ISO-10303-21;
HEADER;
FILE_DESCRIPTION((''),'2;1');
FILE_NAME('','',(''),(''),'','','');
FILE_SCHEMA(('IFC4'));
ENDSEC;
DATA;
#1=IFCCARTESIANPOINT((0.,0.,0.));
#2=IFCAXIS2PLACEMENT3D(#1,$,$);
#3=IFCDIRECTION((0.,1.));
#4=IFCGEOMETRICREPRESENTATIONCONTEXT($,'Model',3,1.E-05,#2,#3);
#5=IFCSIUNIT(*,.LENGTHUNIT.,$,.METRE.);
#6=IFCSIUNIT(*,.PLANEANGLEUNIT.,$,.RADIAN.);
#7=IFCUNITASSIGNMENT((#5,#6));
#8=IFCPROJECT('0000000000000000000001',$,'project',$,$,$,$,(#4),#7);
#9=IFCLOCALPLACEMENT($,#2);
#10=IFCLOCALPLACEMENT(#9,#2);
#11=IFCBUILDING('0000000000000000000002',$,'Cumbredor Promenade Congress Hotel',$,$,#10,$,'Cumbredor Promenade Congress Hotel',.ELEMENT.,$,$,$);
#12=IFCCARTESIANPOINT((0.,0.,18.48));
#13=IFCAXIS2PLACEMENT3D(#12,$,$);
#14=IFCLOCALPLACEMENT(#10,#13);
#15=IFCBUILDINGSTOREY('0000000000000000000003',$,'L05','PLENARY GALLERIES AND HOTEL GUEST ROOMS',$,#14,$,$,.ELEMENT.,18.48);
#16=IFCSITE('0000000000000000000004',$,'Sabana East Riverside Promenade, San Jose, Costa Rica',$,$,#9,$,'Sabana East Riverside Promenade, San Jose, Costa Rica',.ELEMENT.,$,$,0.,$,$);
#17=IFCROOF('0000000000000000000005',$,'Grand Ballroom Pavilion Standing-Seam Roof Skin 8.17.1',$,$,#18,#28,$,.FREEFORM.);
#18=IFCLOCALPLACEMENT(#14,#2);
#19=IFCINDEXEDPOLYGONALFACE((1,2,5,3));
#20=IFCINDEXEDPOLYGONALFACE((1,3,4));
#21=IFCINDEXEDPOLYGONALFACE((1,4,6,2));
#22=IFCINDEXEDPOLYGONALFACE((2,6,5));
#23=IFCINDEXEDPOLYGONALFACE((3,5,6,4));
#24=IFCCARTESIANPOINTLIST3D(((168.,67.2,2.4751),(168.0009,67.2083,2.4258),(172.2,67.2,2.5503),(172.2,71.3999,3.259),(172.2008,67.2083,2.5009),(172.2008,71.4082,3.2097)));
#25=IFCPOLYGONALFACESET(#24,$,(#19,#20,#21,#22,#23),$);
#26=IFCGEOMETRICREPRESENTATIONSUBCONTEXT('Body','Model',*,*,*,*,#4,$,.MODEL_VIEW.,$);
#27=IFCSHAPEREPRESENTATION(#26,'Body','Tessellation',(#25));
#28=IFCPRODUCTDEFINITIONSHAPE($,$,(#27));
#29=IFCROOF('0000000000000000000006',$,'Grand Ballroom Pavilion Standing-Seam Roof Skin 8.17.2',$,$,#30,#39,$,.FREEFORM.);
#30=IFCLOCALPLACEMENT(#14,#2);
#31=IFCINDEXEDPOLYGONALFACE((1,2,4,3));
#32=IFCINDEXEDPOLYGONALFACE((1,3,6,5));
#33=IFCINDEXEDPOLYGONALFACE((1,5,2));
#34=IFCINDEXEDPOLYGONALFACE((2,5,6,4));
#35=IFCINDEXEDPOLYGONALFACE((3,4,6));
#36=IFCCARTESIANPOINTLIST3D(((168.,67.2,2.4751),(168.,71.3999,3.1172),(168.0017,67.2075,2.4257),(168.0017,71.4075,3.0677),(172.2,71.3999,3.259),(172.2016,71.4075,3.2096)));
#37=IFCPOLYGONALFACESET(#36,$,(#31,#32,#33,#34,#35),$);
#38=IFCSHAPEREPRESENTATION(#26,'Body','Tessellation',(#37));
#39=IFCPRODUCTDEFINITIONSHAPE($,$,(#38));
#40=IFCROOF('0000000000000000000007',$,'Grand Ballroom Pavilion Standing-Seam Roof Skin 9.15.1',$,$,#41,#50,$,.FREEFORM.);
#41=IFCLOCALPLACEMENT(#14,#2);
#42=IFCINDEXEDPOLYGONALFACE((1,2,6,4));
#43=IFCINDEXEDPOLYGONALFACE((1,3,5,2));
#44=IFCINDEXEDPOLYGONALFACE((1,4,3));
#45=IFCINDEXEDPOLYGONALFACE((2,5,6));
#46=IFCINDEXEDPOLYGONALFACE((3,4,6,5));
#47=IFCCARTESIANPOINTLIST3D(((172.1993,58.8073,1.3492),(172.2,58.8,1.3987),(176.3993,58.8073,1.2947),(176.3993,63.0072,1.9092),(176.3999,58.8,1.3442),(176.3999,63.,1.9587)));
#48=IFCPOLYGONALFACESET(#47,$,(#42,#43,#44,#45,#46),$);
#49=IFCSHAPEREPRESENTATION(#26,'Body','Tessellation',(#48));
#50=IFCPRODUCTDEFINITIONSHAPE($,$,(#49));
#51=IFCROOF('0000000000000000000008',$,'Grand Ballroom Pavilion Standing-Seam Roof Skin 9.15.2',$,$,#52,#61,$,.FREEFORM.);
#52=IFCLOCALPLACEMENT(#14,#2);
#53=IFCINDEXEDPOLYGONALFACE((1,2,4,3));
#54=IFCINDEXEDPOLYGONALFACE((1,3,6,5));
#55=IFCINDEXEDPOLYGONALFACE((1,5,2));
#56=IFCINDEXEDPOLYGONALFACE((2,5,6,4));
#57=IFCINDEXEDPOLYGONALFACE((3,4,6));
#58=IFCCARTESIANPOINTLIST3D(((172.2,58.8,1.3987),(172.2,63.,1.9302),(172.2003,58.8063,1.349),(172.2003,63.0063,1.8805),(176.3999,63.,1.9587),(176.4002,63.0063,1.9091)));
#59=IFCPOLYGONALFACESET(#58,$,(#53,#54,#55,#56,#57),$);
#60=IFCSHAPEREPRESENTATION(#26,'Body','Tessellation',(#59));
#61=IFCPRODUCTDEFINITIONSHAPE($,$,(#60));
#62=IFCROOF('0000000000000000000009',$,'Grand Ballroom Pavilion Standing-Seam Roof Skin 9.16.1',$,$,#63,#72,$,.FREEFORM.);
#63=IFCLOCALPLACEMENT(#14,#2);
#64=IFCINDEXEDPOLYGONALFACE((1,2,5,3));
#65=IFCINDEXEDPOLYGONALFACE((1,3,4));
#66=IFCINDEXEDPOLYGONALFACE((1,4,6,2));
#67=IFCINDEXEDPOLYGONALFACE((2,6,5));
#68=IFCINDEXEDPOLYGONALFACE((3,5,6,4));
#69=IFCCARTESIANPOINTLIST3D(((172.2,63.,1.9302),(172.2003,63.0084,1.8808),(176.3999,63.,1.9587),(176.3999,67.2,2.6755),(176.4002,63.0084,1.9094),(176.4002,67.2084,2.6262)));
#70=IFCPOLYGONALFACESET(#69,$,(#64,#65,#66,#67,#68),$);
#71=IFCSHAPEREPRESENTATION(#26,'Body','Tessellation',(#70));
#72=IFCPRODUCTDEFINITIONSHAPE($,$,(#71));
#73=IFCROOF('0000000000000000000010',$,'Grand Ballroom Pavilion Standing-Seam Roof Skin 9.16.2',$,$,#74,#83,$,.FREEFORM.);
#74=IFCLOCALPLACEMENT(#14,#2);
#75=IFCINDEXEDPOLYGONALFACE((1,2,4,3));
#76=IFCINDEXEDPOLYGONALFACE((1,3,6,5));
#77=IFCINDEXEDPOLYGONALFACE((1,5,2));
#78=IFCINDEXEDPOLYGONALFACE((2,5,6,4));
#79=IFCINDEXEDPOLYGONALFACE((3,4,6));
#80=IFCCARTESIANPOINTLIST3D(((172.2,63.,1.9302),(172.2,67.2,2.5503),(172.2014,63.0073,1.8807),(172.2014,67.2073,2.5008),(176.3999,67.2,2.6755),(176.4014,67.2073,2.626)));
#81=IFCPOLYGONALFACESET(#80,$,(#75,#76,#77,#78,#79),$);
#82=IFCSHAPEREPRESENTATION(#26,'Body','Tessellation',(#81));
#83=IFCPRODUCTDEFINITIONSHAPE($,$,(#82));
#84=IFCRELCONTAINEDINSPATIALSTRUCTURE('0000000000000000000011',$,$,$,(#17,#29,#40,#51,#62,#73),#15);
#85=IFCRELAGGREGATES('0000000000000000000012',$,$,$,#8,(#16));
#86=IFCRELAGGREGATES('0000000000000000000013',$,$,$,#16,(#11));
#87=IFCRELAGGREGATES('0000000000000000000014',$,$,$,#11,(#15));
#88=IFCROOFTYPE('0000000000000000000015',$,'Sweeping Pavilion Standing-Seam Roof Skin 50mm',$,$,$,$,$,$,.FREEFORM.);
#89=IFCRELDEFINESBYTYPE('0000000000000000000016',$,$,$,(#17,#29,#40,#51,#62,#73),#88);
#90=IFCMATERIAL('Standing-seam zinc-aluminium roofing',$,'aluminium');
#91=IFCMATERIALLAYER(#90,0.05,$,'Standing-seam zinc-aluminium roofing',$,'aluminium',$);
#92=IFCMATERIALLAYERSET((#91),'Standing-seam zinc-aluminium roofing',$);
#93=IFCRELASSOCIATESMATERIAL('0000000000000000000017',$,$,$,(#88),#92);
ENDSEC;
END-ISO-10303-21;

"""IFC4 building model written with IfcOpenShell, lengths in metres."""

from ifc_helpers import new_model, si_unit, direction, frame, origin, place, context, subcontext, project, spatial, polyline, outline, extrude, material, layer, layer_set, type_object, element, save


model = new_model("IFC4")

# Units and contexts
model_context = context("Model", 3, precision=1e-05, world=origin(), true_north=direction((0.0, 1.0)))
body_context = subcontext(model_context, "Body", "Model", "MODEL_VIEW")
ifc_project = project(units=[si_unit("LENGTHUNIT", "METRE"), si_unit("PLANEANGLEUNIT", "RADIAN")], contexts=[model_context])

# Site, building, storey
site_placement = place(None, origin())
site = spatial("IfcSite", under=ifc_project, at=site_placement, Name="Sabana East Riverside Promenade, San Jose, Costa Rica", LongName="Sabana East Riverside Promenade, San Jose, Costa Rica", CompositionType="ELEMENT", RefElevation=0.0)
building_placement = place(site_placement, origin())
building = spatial("IfcBuilding", under=site, at=building_placement, Name="Cumbredor Promenade Congress Hotel", LongName="Cumbredor Promenade Congress Hotel", CompositionType="ELEMENT")
storey_placement = place(building_placement, frame((0.0, 0.0, 18.48)))
storey = spatial("IfcBuildingStorey", under=building, at=storey_placement, Name="L05", Description="PLENARY GALLERIES AND HOTEL GUEST ROOMS", CompositionType="ELEMENT", Elevation=18.48)

# Roofs
ifc_material_1 = material(Name="Standing-seam zinc-aluminium roofing", Category="aluminium")
ifc_layer_1 = layer(ifc_material_1, 0.05, Name="Standing-seam zinc-aluminium roofing", Category="aluminium")
ifc_layer_set_1 = layer_set([ifc_layer_1], Name="Standing-seam zinc-aluminium roofing")
roof_type = type_object("IfcRoofType", Name="Sweeping Pavilion Standing-Seam Roof Skin 50mm", PredefinedType="FREEFORM", material=ifc_layer_set_1)
roof_1_placement = place(storey_placement, frame((168.0, 67.2, 2.4751), z_axis=(-0.017652, -0.166371, 0.985905), x_axis=(0.99984, 0.0, 0.017901)))
element("IfcRoof", 1, at=roof_1_placement, inside=storey, type_object=roof_type, Name="Grand Ballroom Pavilion Standing-Seam Roof Skin 8.17.1", PredefinedType="FREEFORM", context=body_context, shape_type="SweptSolid", body=[
    extrude(outline(polyline([(0.0, 0.0), (4.2006, 0.0), (4.2133, 4.2593), (0.0, 0.0)])), origin(), (0.0, 0.0, -1.0), 0.05),
])
roof_2_placement = place(storey_placement, frame((168.0, 67.2, 2.4751), z_axis=(-0.033367, -0.15104, 0.987964), x_axis=(0.701027, 0.701027, 0.130849)))
element("IfcRoof", 2, at=roof_2_placement, inside=storey, type_object=roof_type, Name="Grand Ballroom Pavilion Standing-Seam Roof Skin 8.17.2", PredefinedType="FREEFORM", context=body_context, shape_type="SweptSolid", body=[
    extrude(outline(polyline([(0.0, 0.0), (5.9911, 0.0), (3.0283, 2.9801), (0.0, 0.0)])), origin(), (0.0, 0.0, -1.0), 0.05),
])
roof_3_placement = place(storey_placement, frame((172.2, 58.8, 1.3987), z_axis=(0.012825, -0.144758, 0.989384), x_axis=(0.999916, 0.0, -0.012962)))
element("IfcRoof", 3, at=roof_3_placement, inside=storey, type_object=roof_type, Name="Grand Ballroom Pavilion Standing-Seam Roof Skin 9.15.1", PredefinedType="FREEFORM", context=body_context, shape_type="SweptSolid", body=[
    extrude(outline(polyline([(0.0, 0.0), (4.2003, 0.0), (4.1923, 4.2447), (0.0, 0.0)])), origin(), (0.0, 0.0, -1.0), 0.05),
])
roof_4_placement = place(storey_placement, frame((172.2, 58.8, 1.3987), z_axis=(-0.006747, -0.125544, 0.992065), x_axis=(0.703984, 0.703984, 0.093875)))
element("IfcRoof", 4, at=roof_4_placement, inside=storey, type_object=roof_type, Name="Grand Ballroom Pavilion Standing-Seam Roof Skin 9.15.2", PredefinedType="FREEFORM", context=body_context, shape_type="SweptSolid", body=[
    extrude(outline(polyline([(0.0, 0.0), (5.966, 0.0), (3.0066, 2.9803), (0.0, 0.0)])), origin(), (0.0, 0.0, -1.0), 0.05),
])
roof_5_placement = place(storey_placement, frame((172.2, 63.0, 1.9302), z_axis=(-0.006704, -0.168232, 0.985725), x_axis=(0.999977, 0.0, 0.006801)))
element("IfcRoof", 5, at=roof_5_placement, inside=storey, type_object=roof_type, Name="Grand Ballroom Pavilion Standing-Seam Roof Skin 9.16.1", PredefinedType="FREEFORM", context=body_context, shape_type="SweptSolid", body=[
    extrude(outline(polyline([(0.0, 0.0), (4.2, 0.0), (4.2049, 4.2607), (0.0, 0.0)])), origin(), (0.0, 0.0, -1.0), 0.05),
])
roof_6_placement = place(storey_placement, frame((172.2, 63.0, 1.9302), z_axis=(-0.029488, -0.146002, 0.988845), x_axis=(0.701604, 0.701604, 0.124513)))
element("IfcRoof", 6, at=roof_6_placement, inside=storey, type_object=roof_type, Name="Grand Ballroom Pavilion Standing-Seam Roof Skin 9.16.2", PredefinedType="FREEFORM", context=body_context, shape_type="SweptSolid", body=[
    extrude(outline(polyline([(0.0, 0.0), (5.9862, 0.0), (3.0239, 2.9799), (0.0, 0.0)])), origin(), (0.0, 0.0, -1.0), 0.05),
])

save(model, "model.ifc")
